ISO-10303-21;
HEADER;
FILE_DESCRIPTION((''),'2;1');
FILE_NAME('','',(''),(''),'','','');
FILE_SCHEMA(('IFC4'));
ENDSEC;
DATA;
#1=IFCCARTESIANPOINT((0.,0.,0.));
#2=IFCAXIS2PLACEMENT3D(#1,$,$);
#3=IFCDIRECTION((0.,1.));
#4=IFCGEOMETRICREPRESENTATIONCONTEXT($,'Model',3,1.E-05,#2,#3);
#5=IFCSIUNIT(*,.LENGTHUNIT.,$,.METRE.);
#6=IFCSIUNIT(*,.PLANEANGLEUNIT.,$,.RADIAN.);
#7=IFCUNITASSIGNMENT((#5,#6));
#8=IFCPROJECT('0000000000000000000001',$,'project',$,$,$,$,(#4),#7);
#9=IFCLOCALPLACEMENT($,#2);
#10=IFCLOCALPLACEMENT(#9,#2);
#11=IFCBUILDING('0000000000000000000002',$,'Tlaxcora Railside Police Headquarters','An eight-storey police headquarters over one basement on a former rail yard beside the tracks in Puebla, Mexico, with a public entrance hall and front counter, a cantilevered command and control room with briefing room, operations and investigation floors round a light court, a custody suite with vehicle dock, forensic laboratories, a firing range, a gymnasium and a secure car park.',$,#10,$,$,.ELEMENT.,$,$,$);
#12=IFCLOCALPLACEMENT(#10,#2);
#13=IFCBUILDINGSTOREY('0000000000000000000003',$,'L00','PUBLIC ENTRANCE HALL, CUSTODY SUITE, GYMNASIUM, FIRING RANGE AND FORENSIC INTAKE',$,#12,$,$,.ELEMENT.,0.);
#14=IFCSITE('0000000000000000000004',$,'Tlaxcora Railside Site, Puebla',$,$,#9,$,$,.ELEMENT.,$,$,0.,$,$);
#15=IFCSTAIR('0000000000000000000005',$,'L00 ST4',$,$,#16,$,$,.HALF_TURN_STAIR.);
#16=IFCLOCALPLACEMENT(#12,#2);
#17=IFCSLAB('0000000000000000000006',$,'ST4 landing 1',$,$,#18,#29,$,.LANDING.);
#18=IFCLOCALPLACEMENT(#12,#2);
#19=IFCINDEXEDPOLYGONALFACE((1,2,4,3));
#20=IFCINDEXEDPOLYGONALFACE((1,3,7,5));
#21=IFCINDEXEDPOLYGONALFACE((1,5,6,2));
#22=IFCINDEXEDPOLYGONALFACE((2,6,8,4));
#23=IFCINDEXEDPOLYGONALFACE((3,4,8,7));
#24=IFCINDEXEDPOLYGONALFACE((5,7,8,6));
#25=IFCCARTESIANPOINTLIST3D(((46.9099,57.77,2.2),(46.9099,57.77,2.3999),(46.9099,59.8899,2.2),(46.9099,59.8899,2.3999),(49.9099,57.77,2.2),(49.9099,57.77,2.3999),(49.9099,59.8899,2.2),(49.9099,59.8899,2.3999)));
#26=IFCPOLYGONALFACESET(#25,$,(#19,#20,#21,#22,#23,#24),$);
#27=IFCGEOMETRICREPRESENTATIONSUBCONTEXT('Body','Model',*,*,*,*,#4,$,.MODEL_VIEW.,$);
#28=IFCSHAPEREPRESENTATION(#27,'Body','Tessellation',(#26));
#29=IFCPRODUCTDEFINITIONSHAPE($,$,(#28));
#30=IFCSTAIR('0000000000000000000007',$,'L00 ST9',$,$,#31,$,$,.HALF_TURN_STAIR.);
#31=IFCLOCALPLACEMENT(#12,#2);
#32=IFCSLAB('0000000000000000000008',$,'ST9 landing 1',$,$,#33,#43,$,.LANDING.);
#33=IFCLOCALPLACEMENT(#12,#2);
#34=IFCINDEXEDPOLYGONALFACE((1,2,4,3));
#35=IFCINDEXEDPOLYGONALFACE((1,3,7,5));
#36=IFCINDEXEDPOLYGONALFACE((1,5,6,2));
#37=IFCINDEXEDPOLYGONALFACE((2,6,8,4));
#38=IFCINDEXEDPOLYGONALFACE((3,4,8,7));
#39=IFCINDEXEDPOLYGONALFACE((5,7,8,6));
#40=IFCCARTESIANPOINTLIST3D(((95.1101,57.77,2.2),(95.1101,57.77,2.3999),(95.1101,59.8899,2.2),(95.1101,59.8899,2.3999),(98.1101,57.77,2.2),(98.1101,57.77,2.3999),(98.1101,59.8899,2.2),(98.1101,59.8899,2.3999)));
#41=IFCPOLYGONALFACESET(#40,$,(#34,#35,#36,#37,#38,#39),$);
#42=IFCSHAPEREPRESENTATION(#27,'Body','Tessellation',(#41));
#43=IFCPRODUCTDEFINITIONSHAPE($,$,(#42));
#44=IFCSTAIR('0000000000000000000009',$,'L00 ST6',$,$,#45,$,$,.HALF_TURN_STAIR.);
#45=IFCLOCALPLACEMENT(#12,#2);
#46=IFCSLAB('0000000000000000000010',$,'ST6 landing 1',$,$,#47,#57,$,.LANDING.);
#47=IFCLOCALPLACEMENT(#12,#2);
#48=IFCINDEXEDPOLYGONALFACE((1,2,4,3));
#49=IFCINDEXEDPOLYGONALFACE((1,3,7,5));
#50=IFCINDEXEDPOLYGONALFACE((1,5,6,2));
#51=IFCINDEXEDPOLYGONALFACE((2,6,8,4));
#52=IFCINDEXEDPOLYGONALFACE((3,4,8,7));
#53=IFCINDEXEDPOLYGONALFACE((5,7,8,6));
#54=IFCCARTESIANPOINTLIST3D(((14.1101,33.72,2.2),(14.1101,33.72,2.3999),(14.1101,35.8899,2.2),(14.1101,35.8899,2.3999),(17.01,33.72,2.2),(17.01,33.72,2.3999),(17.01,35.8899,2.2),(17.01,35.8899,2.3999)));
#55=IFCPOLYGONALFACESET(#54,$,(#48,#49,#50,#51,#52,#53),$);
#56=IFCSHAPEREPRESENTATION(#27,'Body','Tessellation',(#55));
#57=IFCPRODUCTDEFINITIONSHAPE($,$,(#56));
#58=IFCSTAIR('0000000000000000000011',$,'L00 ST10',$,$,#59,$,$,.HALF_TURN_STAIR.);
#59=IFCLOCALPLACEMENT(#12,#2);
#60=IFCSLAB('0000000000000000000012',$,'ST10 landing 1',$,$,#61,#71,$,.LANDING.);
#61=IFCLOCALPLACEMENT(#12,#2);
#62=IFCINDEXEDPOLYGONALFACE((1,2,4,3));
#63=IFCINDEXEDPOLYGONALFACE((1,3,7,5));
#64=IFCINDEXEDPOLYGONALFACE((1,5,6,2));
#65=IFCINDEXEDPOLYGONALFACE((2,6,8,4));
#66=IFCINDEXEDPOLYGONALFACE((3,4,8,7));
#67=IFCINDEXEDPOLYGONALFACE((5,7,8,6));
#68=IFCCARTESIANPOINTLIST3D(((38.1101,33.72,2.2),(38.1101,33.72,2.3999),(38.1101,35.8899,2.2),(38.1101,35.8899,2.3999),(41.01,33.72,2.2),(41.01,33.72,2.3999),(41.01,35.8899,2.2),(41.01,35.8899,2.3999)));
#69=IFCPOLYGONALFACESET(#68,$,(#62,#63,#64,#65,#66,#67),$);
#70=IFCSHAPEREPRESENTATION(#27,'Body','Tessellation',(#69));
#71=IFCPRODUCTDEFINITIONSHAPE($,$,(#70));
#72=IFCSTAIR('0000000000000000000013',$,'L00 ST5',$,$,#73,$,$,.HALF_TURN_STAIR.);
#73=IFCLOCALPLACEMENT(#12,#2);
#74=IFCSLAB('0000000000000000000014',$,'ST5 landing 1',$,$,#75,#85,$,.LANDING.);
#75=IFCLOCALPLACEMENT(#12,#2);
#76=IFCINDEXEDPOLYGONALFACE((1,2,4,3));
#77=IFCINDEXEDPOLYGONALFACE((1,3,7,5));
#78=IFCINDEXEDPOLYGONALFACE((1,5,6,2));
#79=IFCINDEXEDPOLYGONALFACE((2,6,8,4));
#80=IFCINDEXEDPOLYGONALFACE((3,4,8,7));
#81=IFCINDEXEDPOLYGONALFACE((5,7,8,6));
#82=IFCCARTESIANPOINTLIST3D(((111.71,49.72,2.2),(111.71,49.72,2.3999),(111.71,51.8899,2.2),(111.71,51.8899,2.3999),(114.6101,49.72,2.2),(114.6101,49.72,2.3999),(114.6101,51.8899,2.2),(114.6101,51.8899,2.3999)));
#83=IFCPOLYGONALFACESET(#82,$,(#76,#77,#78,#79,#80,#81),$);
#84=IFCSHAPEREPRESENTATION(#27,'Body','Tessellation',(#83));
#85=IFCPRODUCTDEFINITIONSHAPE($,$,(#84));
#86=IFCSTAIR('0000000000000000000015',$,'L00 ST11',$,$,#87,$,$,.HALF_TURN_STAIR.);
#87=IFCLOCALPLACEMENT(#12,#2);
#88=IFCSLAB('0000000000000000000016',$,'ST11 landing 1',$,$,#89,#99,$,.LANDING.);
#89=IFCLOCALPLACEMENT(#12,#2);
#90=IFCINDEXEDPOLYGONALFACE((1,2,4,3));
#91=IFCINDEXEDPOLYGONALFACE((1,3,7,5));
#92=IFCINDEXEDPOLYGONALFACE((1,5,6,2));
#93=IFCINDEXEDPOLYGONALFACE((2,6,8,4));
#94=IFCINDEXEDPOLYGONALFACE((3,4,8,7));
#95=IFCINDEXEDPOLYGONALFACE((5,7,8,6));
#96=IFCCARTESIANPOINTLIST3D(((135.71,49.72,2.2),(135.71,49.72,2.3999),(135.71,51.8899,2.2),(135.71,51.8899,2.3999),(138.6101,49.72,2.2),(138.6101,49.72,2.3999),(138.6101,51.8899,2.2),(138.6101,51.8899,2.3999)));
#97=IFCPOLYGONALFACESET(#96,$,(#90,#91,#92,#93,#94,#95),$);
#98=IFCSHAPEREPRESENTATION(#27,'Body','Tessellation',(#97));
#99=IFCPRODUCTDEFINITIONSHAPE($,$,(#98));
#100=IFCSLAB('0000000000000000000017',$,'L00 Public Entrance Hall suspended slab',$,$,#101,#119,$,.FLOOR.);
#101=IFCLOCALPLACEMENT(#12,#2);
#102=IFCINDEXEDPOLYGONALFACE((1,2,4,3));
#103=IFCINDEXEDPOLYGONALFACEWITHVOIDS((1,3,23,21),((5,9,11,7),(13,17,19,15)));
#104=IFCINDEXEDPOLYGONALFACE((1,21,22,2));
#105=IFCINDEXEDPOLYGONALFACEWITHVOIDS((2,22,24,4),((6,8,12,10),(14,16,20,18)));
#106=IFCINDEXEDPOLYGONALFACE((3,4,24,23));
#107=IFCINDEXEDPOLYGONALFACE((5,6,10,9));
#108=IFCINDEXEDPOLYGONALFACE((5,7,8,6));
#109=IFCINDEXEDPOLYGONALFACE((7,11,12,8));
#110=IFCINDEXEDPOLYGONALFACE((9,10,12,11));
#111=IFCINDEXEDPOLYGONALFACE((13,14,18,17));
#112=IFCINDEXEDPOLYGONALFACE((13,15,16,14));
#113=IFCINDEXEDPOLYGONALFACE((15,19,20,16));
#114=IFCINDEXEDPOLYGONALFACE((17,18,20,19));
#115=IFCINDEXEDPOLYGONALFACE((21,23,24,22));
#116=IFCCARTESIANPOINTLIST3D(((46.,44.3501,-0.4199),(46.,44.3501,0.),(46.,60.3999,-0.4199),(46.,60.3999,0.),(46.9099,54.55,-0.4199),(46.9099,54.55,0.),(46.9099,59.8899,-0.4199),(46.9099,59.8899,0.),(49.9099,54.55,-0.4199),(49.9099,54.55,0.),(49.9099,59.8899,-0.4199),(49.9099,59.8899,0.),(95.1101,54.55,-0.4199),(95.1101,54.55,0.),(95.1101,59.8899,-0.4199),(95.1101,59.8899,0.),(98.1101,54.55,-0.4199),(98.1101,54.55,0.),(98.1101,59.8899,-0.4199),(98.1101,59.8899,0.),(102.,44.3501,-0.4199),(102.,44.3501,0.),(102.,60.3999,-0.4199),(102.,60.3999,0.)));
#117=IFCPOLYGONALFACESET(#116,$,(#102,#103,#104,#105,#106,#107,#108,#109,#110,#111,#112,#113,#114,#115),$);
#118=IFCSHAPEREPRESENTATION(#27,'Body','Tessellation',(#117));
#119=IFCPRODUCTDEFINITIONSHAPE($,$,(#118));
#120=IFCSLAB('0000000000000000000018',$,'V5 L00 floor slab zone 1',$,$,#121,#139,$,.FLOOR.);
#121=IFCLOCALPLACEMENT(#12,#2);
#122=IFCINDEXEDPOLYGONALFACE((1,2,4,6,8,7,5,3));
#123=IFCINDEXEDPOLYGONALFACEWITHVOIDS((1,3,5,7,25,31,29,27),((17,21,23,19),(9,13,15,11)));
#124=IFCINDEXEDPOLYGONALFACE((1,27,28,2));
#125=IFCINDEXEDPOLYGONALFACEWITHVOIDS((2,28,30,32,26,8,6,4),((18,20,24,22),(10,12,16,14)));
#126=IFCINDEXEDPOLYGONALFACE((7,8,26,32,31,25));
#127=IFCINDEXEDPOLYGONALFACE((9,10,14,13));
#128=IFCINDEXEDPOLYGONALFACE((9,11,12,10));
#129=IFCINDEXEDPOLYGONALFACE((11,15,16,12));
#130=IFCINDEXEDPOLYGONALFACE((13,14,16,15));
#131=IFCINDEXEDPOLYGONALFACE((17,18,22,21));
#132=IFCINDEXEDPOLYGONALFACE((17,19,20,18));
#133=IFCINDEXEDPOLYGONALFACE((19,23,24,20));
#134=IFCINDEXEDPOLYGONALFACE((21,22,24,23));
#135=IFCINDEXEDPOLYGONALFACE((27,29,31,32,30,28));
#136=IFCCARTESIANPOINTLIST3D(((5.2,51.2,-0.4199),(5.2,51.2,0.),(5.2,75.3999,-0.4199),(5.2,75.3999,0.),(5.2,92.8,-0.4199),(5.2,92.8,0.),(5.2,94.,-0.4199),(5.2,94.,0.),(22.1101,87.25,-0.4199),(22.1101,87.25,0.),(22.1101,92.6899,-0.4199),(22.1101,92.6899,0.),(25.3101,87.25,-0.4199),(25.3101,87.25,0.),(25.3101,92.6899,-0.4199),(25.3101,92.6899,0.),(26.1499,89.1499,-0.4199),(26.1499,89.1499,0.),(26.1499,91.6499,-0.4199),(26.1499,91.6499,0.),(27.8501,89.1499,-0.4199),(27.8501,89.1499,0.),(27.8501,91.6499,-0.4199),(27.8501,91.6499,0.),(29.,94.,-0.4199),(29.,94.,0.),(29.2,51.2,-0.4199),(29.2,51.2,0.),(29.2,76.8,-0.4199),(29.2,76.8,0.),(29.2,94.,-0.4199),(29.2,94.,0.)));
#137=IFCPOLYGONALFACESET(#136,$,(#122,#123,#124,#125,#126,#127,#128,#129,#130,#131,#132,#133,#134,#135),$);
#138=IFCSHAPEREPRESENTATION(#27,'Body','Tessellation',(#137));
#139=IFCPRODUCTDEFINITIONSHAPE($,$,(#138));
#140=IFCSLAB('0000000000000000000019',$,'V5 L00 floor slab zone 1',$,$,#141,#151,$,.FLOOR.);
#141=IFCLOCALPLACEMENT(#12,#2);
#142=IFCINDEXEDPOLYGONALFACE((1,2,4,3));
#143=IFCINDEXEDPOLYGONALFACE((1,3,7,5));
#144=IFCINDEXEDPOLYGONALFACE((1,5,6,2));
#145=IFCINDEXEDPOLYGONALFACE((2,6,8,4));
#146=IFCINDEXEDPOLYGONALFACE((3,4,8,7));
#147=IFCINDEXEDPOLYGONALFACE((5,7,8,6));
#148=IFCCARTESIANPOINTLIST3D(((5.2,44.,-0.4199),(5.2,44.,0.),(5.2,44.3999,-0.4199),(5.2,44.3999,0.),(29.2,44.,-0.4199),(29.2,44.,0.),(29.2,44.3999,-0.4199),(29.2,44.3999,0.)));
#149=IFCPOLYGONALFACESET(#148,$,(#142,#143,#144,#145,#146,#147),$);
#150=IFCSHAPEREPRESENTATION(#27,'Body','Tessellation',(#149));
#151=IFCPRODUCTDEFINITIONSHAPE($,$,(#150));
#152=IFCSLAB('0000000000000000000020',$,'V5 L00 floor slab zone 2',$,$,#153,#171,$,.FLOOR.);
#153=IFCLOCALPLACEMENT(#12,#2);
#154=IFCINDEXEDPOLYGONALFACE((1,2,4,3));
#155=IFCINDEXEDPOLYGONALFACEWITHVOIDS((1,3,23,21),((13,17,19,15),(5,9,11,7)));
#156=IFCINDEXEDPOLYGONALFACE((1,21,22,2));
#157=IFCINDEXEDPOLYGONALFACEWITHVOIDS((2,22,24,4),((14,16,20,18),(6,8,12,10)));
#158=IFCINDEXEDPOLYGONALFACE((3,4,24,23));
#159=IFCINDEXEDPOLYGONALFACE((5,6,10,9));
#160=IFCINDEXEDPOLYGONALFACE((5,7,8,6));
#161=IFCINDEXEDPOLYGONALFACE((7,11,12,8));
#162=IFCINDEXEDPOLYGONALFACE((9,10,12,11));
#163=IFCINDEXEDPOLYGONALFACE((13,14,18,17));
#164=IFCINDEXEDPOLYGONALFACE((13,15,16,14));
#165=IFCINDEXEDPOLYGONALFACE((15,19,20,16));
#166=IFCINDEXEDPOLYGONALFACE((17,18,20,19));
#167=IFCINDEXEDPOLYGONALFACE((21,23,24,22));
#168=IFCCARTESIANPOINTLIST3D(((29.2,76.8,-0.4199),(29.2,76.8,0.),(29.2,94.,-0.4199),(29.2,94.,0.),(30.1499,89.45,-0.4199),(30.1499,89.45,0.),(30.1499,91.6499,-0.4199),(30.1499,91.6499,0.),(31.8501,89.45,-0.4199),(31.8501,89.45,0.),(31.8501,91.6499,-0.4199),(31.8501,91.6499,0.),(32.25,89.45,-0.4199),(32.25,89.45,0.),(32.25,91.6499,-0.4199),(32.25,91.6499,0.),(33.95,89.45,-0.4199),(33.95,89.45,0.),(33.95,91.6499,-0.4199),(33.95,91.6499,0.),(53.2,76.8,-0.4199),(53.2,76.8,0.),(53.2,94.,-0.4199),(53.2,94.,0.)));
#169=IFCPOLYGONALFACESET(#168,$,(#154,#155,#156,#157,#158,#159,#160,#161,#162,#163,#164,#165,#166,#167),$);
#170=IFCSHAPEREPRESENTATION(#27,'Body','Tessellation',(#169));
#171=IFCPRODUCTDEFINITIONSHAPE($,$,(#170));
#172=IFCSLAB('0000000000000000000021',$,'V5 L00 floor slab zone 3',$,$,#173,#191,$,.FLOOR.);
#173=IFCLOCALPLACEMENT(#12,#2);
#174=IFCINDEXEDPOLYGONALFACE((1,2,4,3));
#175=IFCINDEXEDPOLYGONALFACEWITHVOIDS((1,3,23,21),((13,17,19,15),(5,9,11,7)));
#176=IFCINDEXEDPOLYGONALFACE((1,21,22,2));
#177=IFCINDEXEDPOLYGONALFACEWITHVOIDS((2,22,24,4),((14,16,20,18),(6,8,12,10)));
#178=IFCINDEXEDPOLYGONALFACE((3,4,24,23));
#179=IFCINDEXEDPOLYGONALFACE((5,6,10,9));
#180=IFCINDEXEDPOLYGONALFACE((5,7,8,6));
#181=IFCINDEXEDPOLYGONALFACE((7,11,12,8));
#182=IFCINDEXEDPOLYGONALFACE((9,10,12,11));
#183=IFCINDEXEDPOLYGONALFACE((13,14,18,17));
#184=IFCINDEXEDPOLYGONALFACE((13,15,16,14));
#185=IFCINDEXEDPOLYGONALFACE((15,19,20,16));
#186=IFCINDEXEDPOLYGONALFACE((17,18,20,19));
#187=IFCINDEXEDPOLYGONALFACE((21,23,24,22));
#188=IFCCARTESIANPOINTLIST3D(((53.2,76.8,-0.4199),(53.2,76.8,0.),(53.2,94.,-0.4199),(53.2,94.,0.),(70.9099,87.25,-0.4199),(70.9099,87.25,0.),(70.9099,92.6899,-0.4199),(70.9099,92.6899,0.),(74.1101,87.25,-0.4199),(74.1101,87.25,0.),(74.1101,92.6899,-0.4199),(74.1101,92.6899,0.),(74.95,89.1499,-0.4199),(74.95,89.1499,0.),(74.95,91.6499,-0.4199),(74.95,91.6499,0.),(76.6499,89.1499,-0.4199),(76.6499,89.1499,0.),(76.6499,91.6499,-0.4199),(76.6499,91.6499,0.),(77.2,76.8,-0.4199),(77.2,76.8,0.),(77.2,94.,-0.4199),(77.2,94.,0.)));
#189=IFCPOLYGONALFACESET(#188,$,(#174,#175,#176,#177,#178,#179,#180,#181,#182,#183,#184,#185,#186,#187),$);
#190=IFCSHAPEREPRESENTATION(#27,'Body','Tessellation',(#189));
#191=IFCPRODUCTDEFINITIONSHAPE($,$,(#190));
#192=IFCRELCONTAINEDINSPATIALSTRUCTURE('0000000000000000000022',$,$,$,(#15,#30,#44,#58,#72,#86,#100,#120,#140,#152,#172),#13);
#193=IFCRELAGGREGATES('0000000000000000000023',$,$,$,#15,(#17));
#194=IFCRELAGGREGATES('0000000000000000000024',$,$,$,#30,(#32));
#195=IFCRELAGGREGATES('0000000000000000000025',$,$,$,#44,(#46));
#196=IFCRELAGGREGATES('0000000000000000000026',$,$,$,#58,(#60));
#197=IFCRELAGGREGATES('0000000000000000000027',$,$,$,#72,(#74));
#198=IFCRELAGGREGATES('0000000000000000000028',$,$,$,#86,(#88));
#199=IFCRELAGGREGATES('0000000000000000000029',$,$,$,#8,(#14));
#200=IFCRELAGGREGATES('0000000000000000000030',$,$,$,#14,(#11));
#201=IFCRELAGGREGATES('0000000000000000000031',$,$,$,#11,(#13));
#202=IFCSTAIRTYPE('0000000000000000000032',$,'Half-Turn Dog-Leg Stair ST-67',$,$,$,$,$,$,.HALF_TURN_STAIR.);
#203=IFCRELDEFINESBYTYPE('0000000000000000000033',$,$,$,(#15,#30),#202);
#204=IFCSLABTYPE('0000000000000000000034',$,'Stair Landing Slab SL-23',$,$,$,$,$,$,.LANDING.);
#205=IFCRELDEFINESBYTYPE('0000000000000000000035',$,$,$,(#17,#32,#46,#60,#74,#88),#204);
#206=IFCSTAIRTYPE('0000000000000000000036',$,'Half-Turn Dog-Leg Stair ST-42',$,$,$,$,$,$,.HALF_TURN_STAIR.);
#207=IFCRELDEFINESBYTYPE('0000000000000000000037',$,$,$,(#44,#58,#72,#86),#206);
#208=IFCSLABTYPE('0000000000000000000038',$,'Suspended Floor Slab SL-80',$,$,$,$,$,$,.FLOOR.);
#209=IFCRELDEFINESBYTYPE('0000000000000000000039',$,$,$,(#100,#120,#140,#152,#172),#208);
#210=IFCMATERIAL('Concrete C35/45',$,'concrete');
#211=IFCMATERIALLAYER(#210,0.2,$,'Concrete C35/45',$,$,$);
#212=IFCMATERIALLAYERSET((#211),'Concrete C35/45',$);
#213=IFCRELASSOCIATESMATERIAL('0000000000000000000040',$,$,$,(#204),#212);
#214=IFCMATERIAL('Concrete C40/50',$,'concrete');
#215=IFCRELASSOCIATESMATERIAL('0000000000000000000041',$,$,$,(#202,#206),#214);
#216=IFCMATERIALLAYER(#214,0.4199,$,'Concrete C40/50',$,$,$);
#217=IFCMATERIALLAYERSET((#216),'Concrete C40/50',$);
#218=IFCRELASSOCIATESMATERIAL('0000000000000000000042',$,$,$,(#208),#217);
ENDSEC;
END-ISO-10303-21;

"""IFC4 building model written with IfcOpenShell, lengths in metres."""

from ifc_helpers import new_model, si_unit, direction, frame, origin, place, context, subcontext, project, spatial, polyline, outline, extrude, material, layer, layer_set, type_object, element, aggregate, save


model = new_model("IFC4")

# Units and contexts
model_context = context("Model", 3, precision=1e-05, world=origin(), true_north=direction((0.0, 1.0)))
body_context = subcontext(model_context, "Body", "Model", "MODEL_VIEW")
ifc_project = project(units=[si_unit("LENGTHUNIT", "METRE"), si_unit("PLANEANGLEUNIT", "RADIAN")], contexts=[model_context])

# Site, building, storey
site_placement = place(None, origin())
site = spatial("IfcSite", under=ifc_project, at=site_placement, Name="Tlaxcora Railside Site, Puebla", CompositionType="ELEMENT", RefElevation=0.0)
building_placement = place(site_placement, origin())
building = spatial("IfcBuilding", under=site, at=building_placement, Name="Tlaxcora Railside Police Headquarters", Description="An eight-storey police headquarters over one basement on a former rail yard beside the tracks in Puebla, Mexico, with a public entrance hall and front counter, a cantilevered command and control room with briefing room, operations and investigation floors round a light court, a custody suite with vehicle dock, forensic laboratories, a firing range, a gymnasium and a secure car park.", CompositionType="ELEMENT")
storey_placement = place(building_placement, origin())
storey = spatial("IfcBuildingStorey", under=building, at=storey_placement, Name="L00", Description="PUBLIC ENTRANCE HALL, CUSTODY SUITE, GYMNASIUM, FIRING RANGE AND FORENSIC INTAKE", CompositionType="ELEMENT", Elevation=0.0)

# Shared definitions
ifc_material_1 = material(Name="Concrete C35/45", Category="concrete")

# Stairs, slabs
ifc_material_2 = material(Name="Concrete C40/50", Category="concrete")
ifc_layer_1 = layer(ifc_material_1, 0.2, Name="Concrete C35/45")
ifc_layer_set_1 = layer_set([ifc_layer_1], Name="Concrete C35/45")
slab_type_1 = type_object("IfcSlabType", Name="Stair Landing Slab SL-23", PredefinedType="LANDING", material=ifc_layer_set_1)
stair_type_1 = type_object("IfcStairType", Name="Half-Turn Dog-Leg Stair ST-67", PredefinedType="HALF_TURN_STAIR", material=ifc_material_2)
stair_1_placement = place(storey_placement, origin())
stair_1 = element("IfcStair", 1, at=stair_1_placement, inside=storey, type_object=stair_type_1, Name="L00 ST4", PredefinedType="HALF_TURN_STAIR")
slab_1_placement = place(storey_placement, frame((0.0, 0.0, 2.2)))
slab_1 = element("IfcSlab", 2, at=slab_1_placement, type_object=slab_type_1, Name="ST4 landing 1", PredefinedType="LANDING", context=body_context, shape_type="SweptSolid", body=[
    extrude(outline(polyline([(49.9099, 57.77), (49.9099, 59.8899), (46.9099, 59.8899), (46.9099, 57.77), (49.9099, 57.77)])), origin(), (0.0, 0.0, 1.0), 0.2),
])
aggregate(stair_1, [slab_1])
stair_2_placement = place(storey_placement, origin())
stair_2 = element("IfcStair", 3, at=stair_2_placement, inside=storey, type_object=stair_type_1, Name="L00 ST9", PredefinedType="HALF_TURN_STAIR")
slab_2_placement = place(storey_placement, frame((0.0, 0.0, 2.2)))
slab_2 = element("IfcSlab", 4, at=slab_2_placement, type_object=slab_type_1, Name="ST9 landing 1", PredefinedType="LANDING", context=body_context, shape_type="SweptSolid", body=[
    extrude(outline(polyline([(98.1101, 57.77), (98.1101, 59.8899), (95.1101, 59.8899), (95.1101, 57.77), (98.1101, 57.77)])), origin(), (0.0, 0.0, 1.0), 0.2),
])
aggregate(stair_2, [slab_2])
stair_type_2 = type_object("IfcStairType", Name="Half-Turn Dog-Leg Stair ST-42", PredefinedType="HALF_TURN_STAIR", material=ifc_material_2)
stair_3_placement = place(storey_placement, origin())
stair_3 = element("IfcStair", 5, at=stair_3_placement, inside=storey, type_object=stair_type_2, Name="L00 ST6", PredefinedType="HALF_TURN_STAIR")
slab_3_placement = place(storey_placement, frame((0.0, 0.0, 2.2)))
slab_3 = element("IfcSlab", 6, at=slab_3_placement, type_object=slab_type_1, Name="ST6 landing 1", PredefinedType="LANDING", context=body_context, shape_type="SweptSolid", body=[
    extrude(outline(polyline([(17.01, 33.72), (17.01, 35.8899), (14.1101, 35.8899), (14.1101, 33.72), (17.01, 33.72)])), origin(), (0.0, 0.0, 1.0), 0.2),
])
aggregate(stair_3, [slab_3])
stair_4_placement = place(storey_placement, origin())
stair_4 = element("IfcStair", 7, at=stair_4_placement, inside=storey, type_object=stair_type_2, Name="L00 ST10", PredefinedType="HALF_TURN_STAIR")
slab_4_placement = place(storey_placement, frame((0.0, 0.0, 2.2)))
slab_4 = element("IfcSlab", 8, at=slab_4_placement, type_object=slab_type_1, Name="ST10 landing 1", PredefinedType="LANDING", context=body_context, shape_type="SweptSolid", body=[
    extrude(outline(polyline([(41.01, 33.72), (41.01, 35.8899), (38.1101, 35.8899), (38.1101, 33.72), (41.01, 33.72)])), origin(), (0.0, 0.0, 1.0), 0.2),
])
aggregate(stair_4, [slab_4])
stair_5_placement = place(storey_placement, origin())
stair_5 = element("IfcStair", 9, at=stair_5_placement, inside=storey, type_object=stair_type_2, Name="L00 ST5", PredefinedType="HALF_TURN_STAIR")
slab_5_placement = place(storey_placement, frame((0.0, 0.0, 2.2)))
slab_5 = element("IfcSlab", 10, at=slab_5_placement, type_object=slab_type_1, Name="ST5 landing 1", PredefinedType="LANDING", context=body_context, shape_type="SweptSolid", body=[
    extrude(outline(polyline([(114.6101, 49.72), (114.6101, 51.8899), (111.71, 51.8899), (111.71, 49.72), (114.6101, 49.72)])), origin(), (0.0, 0.0, 1.0), 0.2),
])
aggregate(stair_5, [slab_5])
stair_6_placement = place(storey_placement, origin())
stair_6 = element("IfcStair", 11, at=stair_6_placement, inside=storey, type_object=stair_type_2, Name="L00 ST11", PredefinedType="HALF_TURN_STAIR")
slab_6_placement = place(storey_placement, frame((0.0, 0.0, 2.2)))
slab_6 = element("IfcSlab", 12, at=slab_6_placement, type_object=slab_type_1, Name="ST11 landing 1", PredefinedType="LANDING", context=body_context, shape_type="SweptSolid", body=[
    extrude(outline(polyline([(138.6101, 49.72), (138.6101, 51.8899), (135.71, 51.8899), (135.71, 49.72), (138.6101, 49.72)])), origin(), (0.0, 0.0, 1.0), 0.2),
])
aggregate(stair_6, [slab_6])

# Slabs
ifc_layer_2 = layer(ifc_material_2, 0.4199, Name="Concrete C40/50")
ifc_layer_set_2 = layer_set([ifc_layer_2], Name="Concrete C40/50")
slab_type_2 = type_object("IfcSlabType", Name="Suspended Floor Slab SL-80", PredefinedType="FLOOR", material=ifc_layer_set_2)
slab_7_placement = place(storey_placement, frame((0.0, 0.0, -0.4199)))
element("IfcSlab", 13, at=slab_7_placement, inside=storey, type_object=slab_type_2, Name="L00 Public Entrance Hall suspended slab", PredefinedType="FLOOR", context=body_context, shape_type="SweptSolid", body=[
    extrude(outline(polyline([(46.0, 44.3501), (102.0, 44.3501), (102.0, 60.3999), (46.0, 60.3999), (46.0, 44.3501)]), holes=[polyline([(49.9099, 59.8899), (49.9099, 54.55), (46.9099, 54.55), (46.9099, 59.8899), (49.9099, 59.8899)]), polyline([(98.1101, 54.55), (95.1101, 54.55), (95.1101, 59.8899), (98.1101, 59.8899), (98.1101, 54.55)])]), origin(), (0.0, 0.0, 1.0), 0.4199),
])
slab_8_placement = place(storey_placement, frame((0.0, 0.0, -0.4199)))
element("IfcSlab", 14, at=slab_8_placement, inside=storey, type_object=slab_type_2, Name="V5 L00 floor slab zone 1", PredefinedType="FLOOR", context=body_context, shape_type="SweptSolid", body=[
    extrude(outline(polyline([(29.2, 76.8), (29.2, 94.0), (29.0, 94.0), (5.2, 94.0), (5.2, 92.8), (5.2, 75.3999), (5.2, 51.2), (29.2, 51.2), (29.2, 76.8)]), holes=[polyline([(22.1101, 87.25), (22.1101, 92.6899), (25.3101, 92.6899), (25.3101, 87.25), (22.1101, 87.25)]), polyline([(26.1499, 91.6499), (27.8501, 91.6499), (27.8501, 89.1499), (26.1499, 89.1499), (26.1499, 91.6499)])]), origin(), (0.0, 0.0, 1.0), 0.4199),
])
slab_9_placement = place(storey_placement, frame((0.0, 0.0, -0.4199)))
element("IfcSlab", 15, at=slab_9_placement, inside=storey, type_object=slab_type_2, Name="V5 L00 floor slab zone 1", PredefinedType="FLOOR", context=body_context, shape_type="SweptSolid", body=[
    extrude(outline(polyline([(29.2, 44.3999), (5.2, 44.3999), (5.2, 44.0), (29.2, 44.0), (29.2, 44.3999)])), origin(), (0.0, 0.0, 1.0), 0.4199),
])
slab_10_placement = place(storey_placement, frame((0.0, 0.0, -0.4199)))
element("IfcSlab", 16, at=slab_10_placement, inside=storey, type_object=slab_type_2, Name="V5 L00 floor slab zone 2", PredefinedType="FLOOR", context=body_context, shape_type="SweptSolid", body=[
    extrude(outline(polyline([(53.2, 76.8), (53.2, 94.0), (29.2, 94.0), (29.2, 76.8), (53.2, 76.8)]), holes=[polyline([(31.8501, 91.6499), (31.8501, 89.45), (30.1499, 89.45), (30.1499, 91.6499), (31.8501, 91.6499)]), polyline([(33.95, 89.45), (32.25, 89.45), (32.25, 91.6499), (33.95, 91.6499), (33.95, 89.45)])]), origin(), (0.0, 0.0, 1.0), 0.4199),
])
slab_11_placement = place(storey_placement, frame((0.0, 0.0, -0.4199)))
element("IfcSlab", 17, at=slab_11_placement, inside=storey, type_object=slab_type_2, Name="V5 L00 floor slab zone 3", PredefinedType="FLOOR", context=body_context, shape_type="SweptSolid", body=[
    extrude(outline(polyline([(77.2, 76.8), (77.2, 94.0), (53.2, 94.0), (53.2, 76.8), (77.2, 76.8)]), holes=[polyline([(70.9099, 87.25), (70.9099, 92.6899), (74.1101, 92.6899), (74.1101, 87.25), (70.9099, 87.25)]), polyline([(74.95, 91.6499), (76.6499, 91.6499), (76.6499, 89.1499), (74.95, 89.1499), (74.95, 91.6499)])]), origin(), (0.0, 0.0, 1.0), 0.4199),
])

save(model, "model.ifc")
